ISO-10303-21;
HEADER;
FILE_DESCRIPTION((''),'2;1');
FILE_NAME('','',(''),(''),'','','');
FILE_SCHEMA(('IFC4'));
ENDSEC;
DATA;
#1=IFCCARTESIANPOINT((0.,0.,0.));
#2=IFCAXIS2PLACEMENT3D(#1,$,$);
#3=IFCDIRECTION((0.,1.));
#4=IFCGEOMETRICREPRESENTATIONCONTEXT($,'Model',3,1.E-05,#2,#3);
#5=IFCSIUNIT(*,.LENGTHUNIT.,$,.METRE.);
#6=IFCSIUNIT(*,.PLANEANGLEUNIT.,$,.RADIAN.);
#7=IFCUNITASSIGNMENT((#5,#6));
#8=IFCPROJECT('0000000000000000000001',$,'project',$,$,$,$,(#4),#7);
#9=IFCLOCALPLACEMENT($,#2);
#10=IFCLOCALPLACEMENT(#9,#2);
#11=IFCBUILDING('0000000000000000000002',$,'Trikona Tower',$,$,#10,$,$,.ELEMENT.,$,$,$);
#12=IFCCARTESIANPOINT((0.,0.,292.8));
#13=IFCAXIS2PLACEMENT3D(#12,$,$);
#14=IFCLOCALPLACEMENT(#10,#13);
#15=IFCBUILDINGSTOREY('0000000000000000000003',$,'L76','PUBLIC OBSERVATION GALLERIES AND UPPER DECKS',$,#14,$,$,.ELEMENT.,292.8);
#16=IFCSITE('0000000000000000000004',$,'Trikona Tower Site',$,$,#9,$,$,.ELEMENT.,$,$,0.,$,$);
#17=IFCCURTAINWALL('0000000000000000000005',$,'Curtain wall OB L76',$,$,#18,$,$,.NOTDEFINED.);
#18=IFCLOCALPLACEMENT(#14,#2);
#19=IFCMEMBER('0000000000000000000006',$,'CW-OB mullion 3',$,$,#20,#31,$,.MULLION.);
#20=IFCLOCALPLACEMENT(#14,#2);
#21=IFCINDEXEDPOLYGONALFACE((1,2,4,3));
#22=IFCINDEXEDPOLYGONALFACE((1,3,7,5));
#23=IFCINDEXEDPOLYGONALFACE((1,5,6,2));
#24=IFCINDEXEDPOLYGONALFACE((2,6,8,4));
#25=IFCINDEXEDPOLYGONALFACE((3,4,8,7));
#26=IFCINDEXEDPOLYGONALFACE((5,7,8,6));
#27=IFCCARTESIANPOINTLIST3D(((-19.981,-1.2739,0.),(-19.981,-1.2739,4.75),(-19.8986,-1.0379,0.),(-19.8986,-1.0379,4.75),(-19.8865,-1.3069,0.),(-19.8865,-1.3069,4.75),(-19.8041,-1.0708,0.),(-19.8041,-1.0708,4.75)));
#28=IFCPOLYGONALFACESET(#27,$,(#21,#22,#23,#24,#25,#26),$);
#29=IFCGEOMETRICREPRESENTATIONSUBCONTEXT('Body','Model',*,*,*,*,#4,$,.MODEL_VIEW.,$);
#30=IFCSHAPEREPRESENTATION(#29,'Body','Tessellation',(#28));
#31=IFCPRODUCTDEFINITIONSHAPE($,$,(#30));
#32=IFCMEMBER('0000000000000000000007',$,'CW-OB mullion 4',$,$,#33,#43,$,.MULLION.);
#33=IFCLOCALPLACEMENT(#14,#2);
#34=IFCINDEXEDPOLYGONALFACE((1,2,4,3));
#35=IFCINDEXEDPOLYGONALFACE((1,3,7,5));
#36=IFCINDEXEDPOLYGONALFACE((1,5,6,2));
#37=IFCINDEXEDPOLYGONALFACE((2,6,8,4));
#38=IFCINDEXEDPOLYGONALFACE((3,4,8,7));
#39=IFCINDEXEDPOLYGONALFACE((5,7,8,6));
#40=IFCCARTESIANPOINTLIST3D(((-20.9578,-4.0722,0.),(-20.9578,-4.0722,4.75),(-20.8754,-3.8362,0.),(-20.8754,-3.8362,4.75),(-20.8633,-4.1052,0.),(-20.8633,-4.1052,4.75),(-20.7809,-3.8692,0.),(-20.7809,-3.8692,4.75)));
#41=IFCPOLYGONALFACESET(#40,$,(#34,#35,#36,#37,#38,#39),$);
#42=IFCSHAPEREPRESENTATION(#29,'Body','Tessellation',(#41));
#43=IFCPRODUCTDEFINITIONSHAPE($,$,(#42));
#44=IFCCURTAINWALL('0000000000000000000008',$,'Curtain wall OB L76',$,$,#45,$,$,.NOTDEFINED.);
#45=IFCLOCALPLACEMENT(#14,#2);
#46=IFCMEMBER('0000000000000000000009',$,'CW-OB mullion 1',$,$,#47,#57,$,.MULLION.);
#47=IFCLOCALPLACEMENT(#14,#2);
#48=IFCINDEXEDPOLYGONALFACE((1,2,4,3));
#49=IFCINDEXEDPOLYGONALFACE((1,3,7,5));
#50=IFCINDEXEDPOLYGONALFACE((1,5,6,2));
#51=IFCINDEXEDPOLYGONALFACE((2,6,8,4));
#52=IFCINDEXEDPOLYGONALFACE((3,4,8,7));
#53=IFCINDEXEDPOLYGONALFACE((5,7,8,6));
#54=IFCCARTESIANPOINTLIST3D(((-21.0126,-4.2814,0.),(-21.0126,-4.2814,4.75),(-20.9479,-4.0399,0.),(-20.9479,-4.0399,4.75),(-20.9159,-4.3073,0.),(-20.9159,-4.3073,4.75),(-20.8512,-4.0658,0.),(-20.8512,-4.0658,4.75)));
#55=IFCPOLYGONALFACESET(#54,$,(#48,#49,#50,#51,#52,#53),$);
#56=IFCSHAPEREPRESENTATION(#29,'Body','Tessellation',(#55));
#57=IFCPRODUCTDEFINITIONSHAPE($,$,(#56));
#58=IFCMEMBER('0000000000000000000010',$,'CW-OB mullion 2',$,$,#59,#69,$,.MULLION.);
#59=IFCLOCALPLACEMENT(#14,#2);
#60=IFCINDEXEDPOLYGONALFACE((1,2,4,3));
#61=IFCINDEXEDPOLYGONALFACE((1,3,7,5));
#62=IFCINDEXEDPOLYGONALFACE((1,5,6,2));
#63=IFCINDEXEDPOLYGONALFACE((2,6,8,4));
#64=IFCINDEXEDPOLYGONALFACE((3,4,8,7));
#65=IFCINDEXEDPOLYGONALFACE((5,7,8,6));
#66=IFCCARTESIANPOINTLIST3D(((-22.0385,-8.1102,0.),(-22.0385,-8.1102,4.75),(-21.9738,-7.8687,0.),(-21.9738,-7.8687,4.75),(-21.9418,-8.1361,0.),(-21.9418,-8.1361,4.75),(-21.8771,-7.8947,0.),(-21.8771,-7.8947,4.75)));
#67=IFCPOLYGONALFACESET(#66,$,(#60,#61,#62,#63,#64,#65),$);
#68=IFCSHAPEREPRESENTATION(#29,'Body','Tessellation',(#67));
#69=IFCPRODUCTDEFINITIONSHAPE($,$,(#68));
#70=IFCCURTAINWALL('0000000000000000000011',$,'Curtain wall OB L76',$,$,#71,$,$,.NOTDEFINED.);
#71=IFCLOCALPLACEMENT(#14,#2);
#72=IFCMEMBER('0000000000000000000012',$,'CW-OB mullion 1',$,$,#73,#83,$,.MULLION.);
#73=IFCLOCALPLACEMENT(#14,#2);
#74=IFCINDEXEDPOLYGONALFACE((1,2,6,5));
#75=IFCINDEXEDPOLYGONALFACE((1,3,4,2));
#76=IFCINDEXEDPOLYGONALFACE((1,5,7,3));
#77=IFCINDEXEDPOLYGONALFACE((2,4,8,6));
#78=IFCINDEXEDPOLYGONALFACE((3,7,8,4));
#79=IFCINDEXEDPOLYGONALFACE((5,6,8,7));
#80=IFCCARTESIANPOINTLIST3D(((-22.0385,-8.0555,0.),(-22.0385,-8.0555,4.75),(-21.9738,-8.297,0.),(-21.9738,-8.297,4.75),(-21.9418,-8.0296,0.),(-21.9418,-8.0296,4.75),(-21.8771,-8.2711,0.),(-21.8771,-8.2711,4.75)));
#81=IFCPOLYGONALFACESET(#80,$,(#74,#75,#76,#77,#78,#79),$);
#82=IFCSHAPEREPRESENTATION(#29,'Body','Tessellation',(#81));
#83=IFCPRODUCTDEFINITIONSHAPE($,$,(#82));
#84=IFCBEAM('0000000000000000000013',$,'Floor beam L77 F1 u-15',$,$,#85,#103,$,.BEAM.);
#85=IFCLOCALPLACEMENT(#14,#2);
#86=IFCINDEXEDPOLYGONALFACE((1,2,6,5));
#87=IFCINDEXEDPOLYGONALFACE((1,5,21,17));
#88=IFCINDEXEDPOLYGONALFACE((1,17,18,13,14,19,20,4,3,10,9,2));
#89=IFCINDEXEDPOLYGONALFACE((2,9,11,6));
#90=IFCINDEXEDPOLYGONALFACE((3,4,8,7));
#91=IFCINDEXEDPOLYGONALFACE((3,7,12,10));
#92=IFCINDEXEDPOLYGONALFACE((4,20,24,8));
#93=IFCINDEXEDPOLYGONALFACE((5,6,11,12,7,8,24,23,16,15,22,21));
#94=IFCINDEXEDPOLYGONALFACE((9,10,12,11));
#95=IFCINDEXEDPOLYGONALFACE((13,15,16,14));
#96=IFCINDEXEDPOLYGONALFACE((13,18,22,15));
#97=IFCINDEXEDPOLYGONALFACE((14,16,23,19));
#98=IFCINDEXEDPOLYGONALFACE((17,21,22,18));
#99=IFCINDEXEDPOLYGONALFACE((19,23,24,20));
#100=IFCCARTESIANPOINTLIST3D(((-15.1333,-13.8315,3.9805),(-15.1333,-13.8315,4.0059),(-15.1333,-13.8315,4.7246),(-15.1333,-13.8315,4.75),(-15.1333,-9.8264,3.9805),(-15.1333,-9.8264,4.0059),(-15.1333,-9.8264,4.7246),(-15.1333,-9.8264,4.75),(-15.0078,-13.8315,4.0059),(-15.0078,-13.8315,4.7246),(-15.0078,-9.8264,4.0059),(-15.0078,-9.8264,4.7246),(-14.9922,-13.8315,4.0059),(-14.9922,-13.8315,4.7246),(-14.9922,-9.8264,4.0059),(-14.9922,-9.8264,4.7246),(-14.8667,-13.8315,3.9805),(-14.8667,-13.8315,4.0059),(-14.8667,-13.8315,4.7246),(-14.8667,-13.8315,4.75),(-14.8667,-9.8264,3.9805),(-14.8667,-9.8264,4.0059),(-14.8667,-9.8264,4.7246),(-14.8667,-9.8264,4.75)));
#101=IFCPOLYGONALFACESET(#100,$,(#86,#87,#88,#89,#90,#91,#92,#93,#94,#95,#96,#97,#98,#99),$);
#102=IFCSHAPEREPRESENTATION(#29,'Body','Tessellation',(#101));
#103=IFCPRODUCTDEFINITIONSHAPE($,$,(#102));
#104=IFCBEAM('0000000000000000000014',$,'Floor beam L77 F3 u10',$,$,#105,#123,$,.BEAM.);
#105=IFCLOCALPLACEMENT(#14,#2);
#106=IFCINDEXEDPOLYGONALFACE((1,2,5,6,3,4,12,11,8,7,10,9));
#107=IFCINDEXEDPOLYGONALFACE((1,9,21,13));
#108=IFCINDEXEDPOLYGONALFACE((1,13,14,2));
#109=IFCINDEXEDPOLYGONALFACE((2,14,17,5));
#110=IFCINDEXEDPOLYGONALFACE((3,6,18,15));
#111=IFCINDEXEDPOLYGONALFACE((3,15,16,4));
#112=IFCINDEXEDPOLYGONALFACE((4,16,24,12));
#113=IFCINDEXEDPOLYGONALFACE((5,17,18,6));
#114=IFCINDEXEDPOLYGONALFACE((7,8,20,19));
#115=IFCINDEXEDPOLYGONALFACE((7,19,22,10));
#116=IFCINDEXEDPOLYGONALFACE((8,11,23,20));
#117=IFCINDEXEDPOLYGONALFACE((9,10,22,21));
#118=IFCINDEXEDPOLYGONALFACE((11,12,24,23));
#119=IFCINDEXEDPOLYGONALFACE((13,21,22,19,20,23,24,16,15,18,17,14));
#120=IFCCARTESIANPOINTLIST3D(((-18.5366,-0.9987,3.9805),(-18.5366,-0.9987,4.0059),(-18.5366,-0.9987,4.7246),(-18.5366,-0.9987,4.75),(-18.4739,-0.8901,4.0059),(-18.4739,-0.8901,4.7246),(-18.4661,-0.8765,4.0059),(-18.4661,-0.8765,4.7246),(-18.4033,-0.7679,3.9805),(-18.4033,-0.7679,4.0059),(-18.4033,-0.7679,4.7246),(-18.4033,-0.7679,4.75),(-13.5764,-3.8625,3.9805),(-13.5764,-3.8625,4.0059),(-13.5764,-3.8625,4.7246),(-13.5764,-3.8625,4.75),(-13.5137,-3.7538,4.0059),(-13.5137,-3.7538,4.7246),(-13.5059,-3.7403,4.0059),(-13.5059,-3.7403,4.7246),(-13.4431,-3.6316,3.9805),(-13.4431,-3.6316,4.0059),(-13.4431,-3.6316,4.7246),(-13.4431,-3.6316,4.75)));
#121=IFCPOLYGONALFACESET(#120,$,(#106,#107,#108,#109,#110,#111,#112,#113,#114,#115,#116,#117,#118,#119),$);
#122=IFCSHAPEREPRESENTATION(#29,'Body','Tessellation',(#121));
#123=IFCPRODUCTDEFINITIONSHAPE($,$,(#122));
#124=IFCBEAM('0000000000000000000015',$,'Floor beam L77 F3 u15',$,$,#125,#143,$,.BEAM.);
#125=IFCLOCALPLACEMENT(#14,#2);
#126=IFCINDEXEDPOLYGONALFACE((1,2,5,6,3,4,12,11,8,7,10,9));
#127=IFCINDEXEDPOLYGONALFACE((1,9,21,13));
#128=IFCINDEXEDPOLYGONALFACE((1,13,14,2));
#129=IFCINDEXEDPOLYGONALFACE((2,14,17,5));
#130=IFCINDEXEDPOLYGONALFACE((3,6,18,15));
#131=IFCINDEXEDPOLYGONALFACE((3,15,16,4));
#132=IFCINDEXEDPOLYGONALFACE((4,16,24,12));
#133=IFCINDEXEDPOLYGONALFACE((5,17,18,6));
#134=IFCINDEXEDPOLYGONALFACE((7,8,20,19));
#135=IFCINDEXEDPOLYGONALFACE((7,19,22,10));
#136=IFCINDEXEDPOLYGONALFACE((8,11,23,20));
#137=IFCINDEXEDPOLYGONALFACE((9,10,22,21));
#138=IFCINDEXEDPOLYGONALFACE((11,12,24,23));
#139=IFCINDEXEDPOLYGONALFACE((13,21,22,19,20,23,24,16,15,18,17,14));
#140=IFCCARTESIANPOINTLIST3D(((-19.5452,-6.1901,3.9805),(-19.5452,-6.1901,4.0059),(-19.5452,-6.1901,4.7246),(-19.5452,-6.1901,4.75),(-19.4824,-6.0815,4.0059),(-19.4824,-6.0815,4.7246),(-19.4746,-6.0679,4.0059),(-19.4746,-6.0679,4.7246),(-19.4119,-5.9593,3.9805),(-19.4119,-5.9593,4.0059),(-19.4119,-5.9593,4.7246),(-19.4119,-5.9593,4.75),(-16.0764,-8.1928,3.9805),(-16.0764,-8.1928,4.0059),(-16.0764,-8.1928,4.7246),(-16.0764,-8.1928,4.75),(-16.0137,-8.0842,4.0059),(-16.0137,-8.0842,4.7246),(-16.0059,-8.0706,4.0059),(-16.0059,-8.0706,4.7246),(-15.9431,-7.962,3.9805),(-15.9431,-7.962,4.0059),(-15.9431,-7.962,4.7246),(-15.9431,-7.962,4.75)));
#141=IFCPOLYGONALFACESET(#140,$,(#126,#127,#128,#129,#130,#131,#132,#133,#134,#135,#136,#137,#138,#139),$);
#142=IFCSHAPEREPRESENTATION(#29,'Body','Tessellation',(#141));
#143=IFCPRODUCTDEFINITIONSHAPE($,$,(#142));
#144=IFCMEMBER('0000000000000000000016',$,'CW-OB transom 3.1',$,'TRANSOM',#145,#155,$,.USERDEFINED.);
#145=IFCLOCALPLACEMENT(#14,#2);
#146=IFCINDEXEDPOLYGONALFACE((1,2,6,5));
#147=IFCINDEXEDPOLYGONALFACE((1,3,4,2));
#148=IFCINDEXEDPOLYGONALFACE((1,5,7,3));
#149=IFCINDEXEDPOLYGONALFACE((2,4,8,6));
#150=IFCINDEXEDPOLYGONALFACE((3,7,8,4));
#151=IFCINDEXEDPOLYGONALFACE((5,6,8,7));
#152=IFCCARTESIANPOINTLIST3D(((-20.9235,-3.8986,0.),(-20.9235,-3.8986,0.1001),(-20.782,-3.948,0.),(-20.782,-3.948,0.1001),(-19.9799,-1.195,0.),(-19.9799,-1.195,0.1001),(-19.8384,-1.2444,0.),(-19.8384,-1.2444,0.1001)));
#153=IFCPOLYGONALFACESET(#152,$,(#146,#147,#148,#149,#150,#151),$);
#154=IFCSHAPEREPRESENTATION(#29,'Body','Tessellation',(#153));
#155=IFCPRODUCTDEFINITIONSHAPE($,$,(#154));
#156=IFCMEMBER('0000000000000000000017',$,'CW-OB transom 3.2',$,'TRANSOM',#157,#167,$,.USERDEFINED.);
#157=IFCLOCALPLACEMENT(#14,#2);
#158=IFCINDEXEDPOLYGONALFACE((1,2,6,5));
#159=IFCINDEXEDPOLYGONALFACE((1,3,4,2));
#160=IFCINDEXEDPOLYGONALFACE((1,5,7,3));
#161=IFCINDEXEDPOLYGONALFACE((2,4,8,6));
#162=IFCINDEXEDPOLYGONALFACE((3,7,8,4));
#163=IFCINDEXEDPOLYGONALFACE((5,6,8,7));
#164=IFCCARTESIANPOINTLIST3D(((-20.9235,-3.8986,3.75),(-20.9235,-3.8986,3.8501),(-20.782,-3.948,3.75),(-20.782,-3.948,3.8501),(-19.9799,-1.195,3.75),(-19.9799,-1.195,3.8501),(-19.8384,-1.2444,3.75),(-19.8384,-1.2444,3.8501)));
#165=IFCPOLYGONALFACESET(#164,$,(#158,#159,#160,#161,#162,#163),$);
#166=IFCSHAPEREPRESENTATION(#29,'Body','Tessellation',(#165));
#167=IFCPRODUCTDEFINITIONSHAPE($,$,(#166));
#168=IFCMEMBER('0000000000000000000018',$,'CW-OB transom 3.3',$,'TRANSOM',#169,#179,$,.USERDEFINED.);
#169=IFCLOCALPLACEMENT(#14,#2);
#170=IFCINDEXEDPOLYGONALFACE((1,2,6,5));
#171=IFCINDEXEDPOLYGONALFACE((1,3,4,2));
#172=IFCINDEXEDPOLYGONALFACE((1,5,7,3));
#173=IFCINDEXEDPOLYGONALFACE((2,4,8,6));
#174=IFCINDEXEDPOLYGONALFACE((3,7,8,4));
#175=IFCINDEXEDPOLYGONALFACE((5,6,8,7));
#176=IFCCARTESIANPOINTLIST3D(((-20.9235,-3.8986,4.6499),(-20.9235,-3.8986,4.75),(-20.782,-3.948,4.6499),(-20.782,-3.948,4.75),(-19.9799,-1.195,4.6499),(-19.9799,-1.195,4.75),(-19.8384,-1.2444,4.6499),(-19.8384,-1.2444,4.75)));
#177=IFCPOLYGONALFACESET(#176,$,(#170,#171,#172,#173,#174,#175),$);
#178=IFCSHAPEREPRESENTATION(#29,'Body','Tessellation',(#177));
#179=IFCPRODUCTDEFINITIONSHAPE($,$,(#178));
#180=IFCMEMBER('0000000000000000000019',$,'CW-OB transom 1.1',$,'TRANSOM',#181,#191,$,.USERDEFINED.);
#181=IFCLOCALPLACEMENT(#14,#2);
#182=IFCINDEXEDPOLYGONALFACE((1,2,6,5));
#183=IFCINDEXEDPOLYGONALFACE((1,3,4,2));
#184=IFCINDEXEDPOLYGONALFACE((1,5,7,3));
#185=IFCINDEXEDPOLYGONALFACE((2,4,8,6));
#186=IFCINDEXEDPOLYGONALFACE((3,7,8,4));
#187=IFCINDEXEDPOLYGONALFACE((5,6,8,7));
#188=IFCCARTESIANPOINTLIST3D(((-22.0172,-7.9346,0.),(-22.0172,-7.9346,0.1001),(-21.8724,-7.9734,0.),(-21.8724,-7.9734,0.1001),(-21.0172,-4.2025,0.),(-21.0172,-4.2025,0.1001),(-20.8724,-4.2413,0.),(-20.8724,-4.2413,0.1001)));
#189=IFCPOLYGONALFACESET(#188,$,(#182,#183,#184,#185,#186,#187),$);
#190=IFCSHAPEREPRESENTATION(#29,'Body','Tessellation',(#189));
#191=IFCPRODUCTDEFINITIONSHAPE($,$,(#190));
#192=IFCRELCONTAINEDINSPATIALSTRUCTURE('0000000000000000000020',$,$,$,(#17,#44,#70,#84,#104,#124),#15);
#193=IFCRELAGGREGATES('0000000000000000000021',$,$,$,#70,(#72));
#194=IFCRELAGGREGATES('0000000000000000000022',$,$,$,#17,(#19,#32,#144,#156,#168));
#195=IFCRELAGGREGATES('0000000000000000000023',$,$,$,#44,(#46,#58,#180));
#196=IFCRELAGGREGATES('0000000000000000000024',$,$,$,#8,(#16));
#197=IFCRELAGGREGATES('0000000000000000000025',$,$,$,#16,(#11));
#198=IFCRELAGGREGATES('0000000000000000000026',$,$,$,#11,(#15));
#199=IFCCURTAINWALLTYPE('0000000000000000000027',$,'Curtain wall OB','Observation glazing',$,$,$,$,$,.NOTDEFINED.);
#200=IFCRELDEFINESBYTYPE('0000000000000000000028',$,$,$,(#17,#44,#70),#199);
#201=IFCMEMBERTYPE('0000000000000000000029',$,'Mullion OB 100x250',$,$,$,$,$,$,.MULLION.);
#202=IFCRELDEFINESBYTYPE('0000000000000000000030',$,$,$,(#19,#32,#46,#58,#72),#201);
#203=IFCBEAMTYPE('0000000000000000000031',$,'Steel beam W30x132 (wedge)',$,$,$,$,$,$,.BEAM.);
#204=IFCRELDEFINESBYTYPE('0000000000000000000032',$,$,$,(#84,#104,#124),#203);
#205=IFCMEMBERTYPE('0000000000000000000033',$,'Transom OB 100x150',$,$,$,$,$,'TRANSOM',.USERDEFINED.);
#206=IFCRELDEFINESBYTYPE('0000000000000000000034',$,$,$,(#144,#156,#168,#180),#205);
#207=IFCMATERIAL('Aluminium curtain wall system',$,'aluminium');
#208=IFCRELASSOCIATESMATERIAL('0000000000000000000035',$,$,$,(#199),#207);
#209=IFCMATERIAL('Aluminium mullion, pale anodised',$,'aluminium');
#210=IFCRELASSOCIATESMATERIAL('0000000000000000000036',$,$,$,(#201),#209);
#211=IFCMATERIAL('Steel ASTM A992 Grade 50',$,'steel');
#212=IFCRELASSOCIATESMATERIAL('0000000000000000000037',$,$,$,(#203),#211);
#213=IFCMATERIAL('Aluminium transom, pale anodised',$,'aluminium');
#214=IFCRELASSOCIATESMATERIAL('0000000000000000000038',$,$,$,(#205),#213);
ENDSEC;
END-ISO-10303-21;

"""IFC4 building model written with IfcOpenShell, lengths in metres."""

from ifc_helpers import new_model, si_unit, direction, frame, origin, origin_2d, place, context, subcontext, project, spatial, rectangle, i_section, extrude, material, material_profile, profile_set, type_object, element, aggregate, save


model = new_model("IFC4")

# Units and contexts
model_context = context("Model", 3, precision=1e-05, world=origin(), true_north=direction((0.0, 1.0)))
body_context = subcontext(model_context, "Body", "Model", "MODEL_VIEW")
ifc_project = project(units=[si_unit("LENGTHUNIT", "METRE"), si_unit("PLANEANGLEUNIT", "RADIAN")], contexts=[model_context])

# Site, building, storey
site_placement = place(None, origin())
site = spatial("IfcSite", under=ifc_project, at=site_placement, Name="Trikona Tower Site", CompositionType="ELEMENT", RefElevation=0.0)
building_placement = place(site_placement, origin())
building = spatial("IfcBuilding", under=site, at=building_placement, Name="Trikona Tower", CompositionType="ELEMENT")
storey_placement = place(building_placement, frame((0.0, 0.0, 292.8)))
storey = spatial("IfcBuildingStorey", under=building, at=storey_placement, Name="L76", Description="PUBLIC OBSERVATION GALLERIES AND UPPER DECKS", CompositionType="ELEMENT", Elevation=292.8)

# Curtain walls, members
ifc_material_1 = material(Name="Aluminium curtain wall system", Category="aluminium")
curtain_wall_type = type_object("IfcCurtainWallType", Name="Curtain wall OB", Description="Observation glazing", PredefinedType="NOTDEFINED", material=ifc_material_1)
curtain_wall_1_placement = place(storey_placement, origin())
curtain_wall_1 = element("IfcCurtainWall", 1, at=curtain_wall_1_placement, inside=storey, type_object=curtain_wall_type, Name="Curtain wall OB L76", PredefinedType="NOTDEFINED")
ifc_material_2 = material(Name="Aluminium mullion, pale anodised", Category="aluminium")
ifc_material_profile_1 = material_profile(ifc_material_2, rectangle(XDim=0.1001, YDim=0.25, at=origin_2d()), Name="MUL-OB")
ifc_profile_set_1 = profile_set([ifc_material_profile_1], Name="Aluminium mullion, pale anodised")
member_type_1 = type_object("IfcMemberType", Name="Mullion OB 100x250", PredefinedType="MULLION", material=ifc_profile_set_1)
member_1_placement = place(storey_placement, frame((-19.8926, -1.1724, 0.0), z_axis=(0.0, 0.0, 1.0), x_axis=(0.944137, -0.329552, 0.0)))
member_1 = element("IfcMember", 2, at=member_1_placement, type_object=member_type_1, Name="CW-OB mullion 3", PredefinedType="MULLION", context=body_context, shape_type="SweptSolid", body=[
    extrude(rectangle(XDim=0.1001, YDim=0.25, at=origin_2d()), origin(), (0.0, 0.0, 1.0), 4.75),
])
member_2_placement = place(storey_placement, frame((-20.8694, -3.9707, 0.0), z_axis=(0.0, 0.0, 1.0), x_axis=(0.944137, -0.329552, 0.0)))
member_2 = element("IfcMember", 3, at=member_2_placement, type_object=member_type_1, Name="CW-OB mullion 4", PredefinedType="MULLION", context=body_context, shape_type="SweptSolid", body=[
    extrude(rectangle(XDim=0.1001, YDim=0.25, at=origin_2d()), origin(), (0.0, 0.0, 1.0), 4.75),
])
curtain_wall_2_placement = place(storey_placement, origin())
curtain_wall_2 = element("IfcCurtainWall", 4, at=curtain_wall_2_placement, inside=storey, type_object=curtain_wall_type, Name="Curtain wall OB L76", PredefinedType="NOTDEFINED")
member_3_placement = place(storey_placement, frame((-20.9319, -4.1736, 0.0), z_axis=(0.0, 0.0, 1.0), x_axis=(0.965922, -0.258834, 0.0)))
member_3 = element("IfcMember", 5, at=member_3_placement, type_object=member_type_1, Name="CW-OB mullion 1", PredefinedType="MULLION", context=body_context, shape_type="SweptSolid", body=[
    extrude(rectangle(XDim=0.1001, YDim=0.25, at=origin_2d()), origin(), (0.0, 0.0, 1.0), 4.75),
])
member_4_placement = place(storey_placement, frame((-21.9578, -8.0024, 0.0), z_axis=(0.0, 0.0, 1.0), x_axis=(0.965922, -0.258834, 0.0)))
member_4 = element("IfcMember", 6, at=member_4_placement, type_object=member_type_1, Name="CW-OB mullion 2", PredefinedType="MULLION", context=body_context, shape_type="SweptSolid", body=[
    extrude(rectangle(XDim=0.1001, YDim=0.25, at=origin_2d()), origin(), (0.0, 0.0, 1.0), 4.75),
])

# Curtain wall, member
curtain_wall_3_placement = place(storey_placement, origin())
curtain_wall_3 = element("IfcCurtainWall", 7, at=curtain_wall_3_placement, inside=storey, type_object=curtain_wall_type, Name="Curtain wall OB L76", PredefinedType="NOTDEFINED")
member_5_placement = place(storey_placement, frame((-21.9578, -8.1633, 0.0), z_axis=(0.0, 0.0, 1.0), x_axis=(0.965923, 0.258828, 0.0)))
member_5 = element("IfcMember", 8, at=member_5_placement, type_object=member_type_1, Name="CW-OB mullion 1", PredefinedType="MULLION", context=body_context, shape_type="SweptSolid", body=[
    extrude(rectangle(XDim=0.1001, YDim=0.25, at=origin_2d()), origin(), (0.0, 0.0, 1.0), 4.75),
])

# Beams
ifc_material_3 = material(Name="Steel ASTM A992 Grade 50", Category="steel")
ifc_material_profile_2 = material_profile(ifc_material_3, i_section(OverallWidth=0.2666, OverallDepth=0.7695, WebThickness=0.0156, FlangeThickness=0.0254, at=origin_2d()), Name="W30X132")
ifc_profile_set_2 = profile_set([ifc_material_profile_2], Name="Steel ASTM A992 Grade 50")
beam_type = type_object("IfcBeamType", Name="Steel beam W30x132 (wedge)", PredefinedType="BEAM", material=ifc_profile_set_2)
beam_1_placement = place(storey_placement, frame((-15.0, -9.8264, 4.3652), z_axis=(0.0, -1.0, 0.0), x_axis=(1.0, 0.0, 0.0)))
element("IfcBeam", 9, at=beam_1_placement, inside=storey, type_object=beam_type, Name="Floor beam L77 F1 u-15", PredefinedType="BEAM", context=body_context, shape_type="SweptSolid", body=[
    extrude(i_section(OverallWidth=0.2666, OverallDepth=0.7695, WebThickness=0.0156, FlangeThickness=0.0254, at=origin_2d()), origin(), (0.0, 0.0, 1.0), 4.0051),
])
beam_2_placement = place(storey_placement, frame((-13.5098, -3.7471, 4.3652), z_axis=(-0.866026, 0.499999, 0.0), x_axis=(-0.499999, -0.866026, 0.0)))
element("IfcBeam", 10, at=beam_2_placement, inside=storey, type_object=beam_type, Name="Floor beam L77 F3 u10", PredefinedType="BEAM", context=body_context, shape_type="SweptSolid", body=[
    extrude(i_section(OverallWidth=0.2666, OverallDepth=0.7695, WebThickness=0.0156, FlangeThickness=0.0254, at=origin_2d()), origin(), (0.0, 0.0, 1.0), 5.7275),
])
beam_3_placement = place(storey_placement, frame((-16.0098, -8.0774, 4.3652), z_axis=(-0.866025, 0.5, 0.0), x_axis=(-0.5, -0.866025, 0.0)))
element("IfcBeam", 11, at=beam_3_placement, inside=storey, type_object=beam_type, Name="Floor beam L77 F3 u15", PredefinedType="BEAM", context=body_context, shape_type="SweptSolid", body=[
    extrude(i_section(OverallWidth=0.2666, OverallDepth=0.7695, WebThickness=0.0156, FlangeThickness=0.0254, at=origin_2d()), origin(), (0.0, 0.0, 1.0), 4.0054),
])

# Members
ifc_material_4 = material(Name="Aluminium transom, pale anodised", Category="aluminium")
ifc_material_profile_3 = material_profile(ifc_material_4, rectangle(XDim=0.1499, YDim=0.1001, at=origin_2d()), Name="TRN-OB")
ifc_profile_set_3 = profile_set([ifc_material_profile_3], Name="Aluminium transom, pale anodised")
member_type_2 = type_object("IfcMemberType", Name="Transom OB 100x150", ElementType="TRANSOM", PredefinedType="USERDEFINED", material=ifc_profile_set_3)
member_6_placement = place(storey_placement, frame((-19.9092, -1.2197, 0.05), z_axis=(-0.329522, -0.944148, 0.0), x_axis=(0.944148, -0.329522, 0.0)))
member_6 = element("IfcMember", 12, at=member_6_placement, type_object=member_type_2, Name="CW-OB transom 3.1", ObjectType="TRANSOM", PredefinedType="USERDEFINED", context=body_context, shape_type="SweptSolid", body=[
    extrude(rectangle(XDim=0.1499, YDim=0.1001, at=origin_2d()), origin(), (0.0, 0.0, 1.0), 2.8635),
])
member_7_placement = place(storey_placement, frame((-19.9092, -1.2197, 3.8), z_axis=(-0.329522, -0.944148, 0.0), x_axis=(0.944148, -0.329522, 0.0)))
member_7 = element("IfcMember", 13, at=member_7_placement, type_object=member_type_2, Name="CW-OB transom 3.2", ObjectType="TRANSOM", PredefinedType="USERDEFINED", context=body_context, shape_type="SweptSolid", body=[
    extrude(rectangle(XDim=0.1499, YDim=0.1001, at=origin_2d()), origin(), (0.0, 0.0, 1.0), 2.8635),
])
member_8_placement = place(storey_placement, frame((-19.9092, -1.2197, 4.7), z_axis=(-0.329522, -0.944148, 0.0), x_axis=(0.944148, -0.329522, 0.0)))
member_8 = element("IfcMember", 14, at=member_8_placement, type_object=member_type_2, Name="CW-OB transom 3.3", ObjectType="TRANSOM", PredefinedType="USERDEFINED", context=body_context, shape_type="SweptSolid", body=[
    extrude(rectangle(XDim=0.1499, YDim=0.1001, at=origin_2d()), origin(), (0.0, 0.0, 1.0), 2.8635),
])
member_9_placement = place(storey_placement, frame((-20.9448, -4.2219, 0.05), z_axis=(-0.258811, -0.965928, 0.0), x_axis=(0.965928, -0.258811, 0.0)))
member_9 = element("IfcMember", 15, at=member_9_placement, type_object=member_type_2, Name="CW-OB transom 1.1", ObjectType="TRANSOM", PredefinedType="USERDEFINED", context=body_context, shape_type="SweptSolid", body=[
    extrude(rectangle(XDim=0.1499, YDim=0.1001, at=origin_2d()), origin(), (0.0, 0.0, 1.0), 3.8638),
])
aggregate(curtain_wall_3, [member_5])

aggregate(curtain_wall_1, [member_1, member_2, member_6, member_7, member_8])
aggregate(curtain_wall_2, [member_3, member_4, member_9])

save(model, "model.ifc")
